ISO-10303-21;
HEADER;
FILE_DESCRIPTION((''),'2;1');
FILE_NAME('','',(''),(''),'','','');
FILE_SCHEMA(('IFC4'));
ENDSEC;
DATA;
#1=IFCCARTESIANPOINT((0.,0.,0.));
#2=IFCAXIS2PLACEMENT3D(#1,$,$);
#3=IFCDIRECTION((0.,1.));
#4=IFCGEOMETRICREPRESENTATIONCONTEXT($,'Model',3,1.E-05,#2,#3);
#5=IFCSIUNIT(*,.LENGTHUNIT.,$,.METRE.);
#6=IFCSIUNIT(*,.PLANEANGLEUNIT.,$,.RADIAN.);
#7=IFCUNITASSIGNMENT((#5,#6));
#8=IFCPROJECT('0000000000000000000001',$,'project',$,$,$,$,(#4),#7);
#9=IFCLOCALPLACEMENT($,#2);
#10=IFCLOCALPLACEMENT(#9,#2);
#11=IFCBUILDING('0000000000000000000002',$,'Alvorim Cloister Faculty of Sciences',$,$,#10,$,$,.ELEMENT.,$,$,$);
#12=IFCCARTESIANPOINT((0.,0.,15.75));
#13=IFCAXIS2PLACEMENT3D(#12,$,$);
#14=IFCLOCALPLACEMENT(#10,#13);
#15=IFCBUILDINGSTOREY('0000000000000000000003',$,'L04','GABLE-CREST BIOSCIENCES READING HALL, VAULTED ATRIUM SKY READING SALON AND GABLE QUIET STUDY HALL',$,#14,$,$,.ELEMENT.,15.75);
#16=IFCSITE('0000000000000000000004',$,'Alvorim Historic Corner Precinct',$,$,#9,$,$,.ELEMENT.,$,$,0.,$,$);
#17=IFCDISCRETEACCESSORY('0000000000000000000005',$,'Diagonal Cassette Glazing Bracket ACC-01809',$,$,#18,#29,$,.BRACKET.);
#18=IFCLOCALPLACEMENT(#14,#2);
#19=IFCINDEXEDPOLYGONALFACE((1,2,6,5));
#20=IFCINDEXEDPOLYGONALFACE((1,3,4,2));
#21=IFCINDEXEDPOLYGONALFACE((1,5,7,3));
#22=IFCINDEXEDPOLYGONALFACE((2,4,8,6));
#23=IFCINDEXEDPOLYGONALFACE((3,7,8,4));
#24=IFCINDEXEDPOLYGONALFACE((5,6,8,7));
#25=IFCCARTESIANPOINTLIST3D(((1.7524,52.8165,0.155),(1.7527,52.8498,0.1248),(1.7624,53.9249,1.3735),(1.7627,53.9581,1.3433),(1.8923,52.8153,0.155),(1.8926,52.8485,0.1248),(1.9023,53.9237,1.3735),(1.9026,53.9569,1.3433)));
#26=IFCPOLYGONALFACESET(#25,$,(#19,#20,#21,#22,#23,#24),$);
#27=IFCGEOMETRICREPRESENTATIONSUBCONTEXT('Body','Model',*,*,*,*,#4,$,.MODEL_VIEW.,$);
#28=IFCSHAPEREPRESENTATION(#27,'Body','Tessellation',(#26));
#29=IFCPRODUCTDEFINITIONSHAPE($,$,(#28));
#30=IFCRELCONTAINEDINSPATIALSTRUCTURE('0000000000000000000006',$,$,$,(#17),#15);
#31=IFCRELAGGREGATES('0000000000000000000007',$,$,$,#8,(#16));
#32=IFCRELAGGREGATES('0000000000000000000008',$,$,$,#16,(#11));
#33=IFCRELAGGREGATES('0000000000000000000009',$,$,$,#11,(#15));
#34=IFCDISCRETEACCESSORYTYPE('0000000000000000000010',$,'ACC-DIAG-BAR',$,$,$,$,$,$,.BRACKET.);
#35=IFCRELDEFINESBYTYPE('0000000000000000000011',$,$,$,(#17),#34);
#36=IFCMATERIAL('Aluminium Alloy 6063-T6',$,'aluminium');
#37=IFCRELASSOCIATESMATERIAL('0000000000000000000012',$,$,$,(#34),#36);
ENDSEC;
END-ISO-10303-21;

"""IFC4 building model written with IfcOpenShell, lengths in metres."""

from ifc_helpers import new_model, si_unit, direction, frame, origin, origin_2d, place, context, subcontext, project, spatial, rectangle, extrude, material, type_object, element, save


model = new_model("IFC4")

# Units and contexts
model_context = context("Model", 3, precision=1e-05, world=origin(), true_north=direction((0.0, 1.0)))
body_context = subcontext(model_context, "Body", "Model", "MODEL_VIEW")
ifc_project = project(units=[si_unit("LENGTHUNIT", "METRE"), si_unit("PLANEANGLEUNIT", "RADIAN")], contexts=[model_context])

# Site, building, storey
site_placement = place(None, origin())
site = spatial("IfcSite", under=ifc_project, at=site_placement, Name="Alvorim Historic Corner Precinct", CompositionType="ELEMENT", RefElevation=0.0)
building_placement = place(site_placement, origin())
building = spatial("IfcBuilding", under=site, at=building_placement, Name="Alvorim Cloister Faculty of Sciences", CompositionType="ELEMENT")
storey_placement = place(building_placement, frame((0.0, 0.0, 15.75)))
storey = spatial("IfcBuildingStorey", under=building, at=storey_placement, Name="L04", Description="GABLE-CREST BIOSCIENCES READING HALL, VAULTED ATRIUM SKY READING SALON AND GABLE QUIET STUDY HALL", CompositionType="ELEMENT", Elevation=15.75)

# Discrete accessory
ifc_material_1 = material(Name="Aluminium Alloy 6063-T6", Category="aluminium")
discrete_accessory_type = type_object("IfcDiscreteAccessoryType", Name="ACC-DIAG-BAR", PredefinedType="BRACKET", material=ifc_material_1)
for number, where, z_axis, x_axis, name in (
    (1, (1.8225, 52.8325, 0.1399), (0.006077, 0.672882, 0.739725), (-0.999959, 0.00903, 0.0), "Diagonal Cassette Glazing Bracket ACC-01809"),
):
    element("IfcDiscreteAccessory", number, at=place(storey_placement, frame(where, z_axis=z_axis, x_axis=x_axis)), inside=storey, type_object=discrete_accessory_type, Name=name, PredefinedType="BRACKET", context=body_context, shape_type="SweptSolid", body=[
        extrude(rectangle(XDim=0.1399, YDim=0.0449, at=origin_2d()), origin(), (0.0, 0.0, 1.0), 1.6472),
    ])

save(model, "model.ifc")
